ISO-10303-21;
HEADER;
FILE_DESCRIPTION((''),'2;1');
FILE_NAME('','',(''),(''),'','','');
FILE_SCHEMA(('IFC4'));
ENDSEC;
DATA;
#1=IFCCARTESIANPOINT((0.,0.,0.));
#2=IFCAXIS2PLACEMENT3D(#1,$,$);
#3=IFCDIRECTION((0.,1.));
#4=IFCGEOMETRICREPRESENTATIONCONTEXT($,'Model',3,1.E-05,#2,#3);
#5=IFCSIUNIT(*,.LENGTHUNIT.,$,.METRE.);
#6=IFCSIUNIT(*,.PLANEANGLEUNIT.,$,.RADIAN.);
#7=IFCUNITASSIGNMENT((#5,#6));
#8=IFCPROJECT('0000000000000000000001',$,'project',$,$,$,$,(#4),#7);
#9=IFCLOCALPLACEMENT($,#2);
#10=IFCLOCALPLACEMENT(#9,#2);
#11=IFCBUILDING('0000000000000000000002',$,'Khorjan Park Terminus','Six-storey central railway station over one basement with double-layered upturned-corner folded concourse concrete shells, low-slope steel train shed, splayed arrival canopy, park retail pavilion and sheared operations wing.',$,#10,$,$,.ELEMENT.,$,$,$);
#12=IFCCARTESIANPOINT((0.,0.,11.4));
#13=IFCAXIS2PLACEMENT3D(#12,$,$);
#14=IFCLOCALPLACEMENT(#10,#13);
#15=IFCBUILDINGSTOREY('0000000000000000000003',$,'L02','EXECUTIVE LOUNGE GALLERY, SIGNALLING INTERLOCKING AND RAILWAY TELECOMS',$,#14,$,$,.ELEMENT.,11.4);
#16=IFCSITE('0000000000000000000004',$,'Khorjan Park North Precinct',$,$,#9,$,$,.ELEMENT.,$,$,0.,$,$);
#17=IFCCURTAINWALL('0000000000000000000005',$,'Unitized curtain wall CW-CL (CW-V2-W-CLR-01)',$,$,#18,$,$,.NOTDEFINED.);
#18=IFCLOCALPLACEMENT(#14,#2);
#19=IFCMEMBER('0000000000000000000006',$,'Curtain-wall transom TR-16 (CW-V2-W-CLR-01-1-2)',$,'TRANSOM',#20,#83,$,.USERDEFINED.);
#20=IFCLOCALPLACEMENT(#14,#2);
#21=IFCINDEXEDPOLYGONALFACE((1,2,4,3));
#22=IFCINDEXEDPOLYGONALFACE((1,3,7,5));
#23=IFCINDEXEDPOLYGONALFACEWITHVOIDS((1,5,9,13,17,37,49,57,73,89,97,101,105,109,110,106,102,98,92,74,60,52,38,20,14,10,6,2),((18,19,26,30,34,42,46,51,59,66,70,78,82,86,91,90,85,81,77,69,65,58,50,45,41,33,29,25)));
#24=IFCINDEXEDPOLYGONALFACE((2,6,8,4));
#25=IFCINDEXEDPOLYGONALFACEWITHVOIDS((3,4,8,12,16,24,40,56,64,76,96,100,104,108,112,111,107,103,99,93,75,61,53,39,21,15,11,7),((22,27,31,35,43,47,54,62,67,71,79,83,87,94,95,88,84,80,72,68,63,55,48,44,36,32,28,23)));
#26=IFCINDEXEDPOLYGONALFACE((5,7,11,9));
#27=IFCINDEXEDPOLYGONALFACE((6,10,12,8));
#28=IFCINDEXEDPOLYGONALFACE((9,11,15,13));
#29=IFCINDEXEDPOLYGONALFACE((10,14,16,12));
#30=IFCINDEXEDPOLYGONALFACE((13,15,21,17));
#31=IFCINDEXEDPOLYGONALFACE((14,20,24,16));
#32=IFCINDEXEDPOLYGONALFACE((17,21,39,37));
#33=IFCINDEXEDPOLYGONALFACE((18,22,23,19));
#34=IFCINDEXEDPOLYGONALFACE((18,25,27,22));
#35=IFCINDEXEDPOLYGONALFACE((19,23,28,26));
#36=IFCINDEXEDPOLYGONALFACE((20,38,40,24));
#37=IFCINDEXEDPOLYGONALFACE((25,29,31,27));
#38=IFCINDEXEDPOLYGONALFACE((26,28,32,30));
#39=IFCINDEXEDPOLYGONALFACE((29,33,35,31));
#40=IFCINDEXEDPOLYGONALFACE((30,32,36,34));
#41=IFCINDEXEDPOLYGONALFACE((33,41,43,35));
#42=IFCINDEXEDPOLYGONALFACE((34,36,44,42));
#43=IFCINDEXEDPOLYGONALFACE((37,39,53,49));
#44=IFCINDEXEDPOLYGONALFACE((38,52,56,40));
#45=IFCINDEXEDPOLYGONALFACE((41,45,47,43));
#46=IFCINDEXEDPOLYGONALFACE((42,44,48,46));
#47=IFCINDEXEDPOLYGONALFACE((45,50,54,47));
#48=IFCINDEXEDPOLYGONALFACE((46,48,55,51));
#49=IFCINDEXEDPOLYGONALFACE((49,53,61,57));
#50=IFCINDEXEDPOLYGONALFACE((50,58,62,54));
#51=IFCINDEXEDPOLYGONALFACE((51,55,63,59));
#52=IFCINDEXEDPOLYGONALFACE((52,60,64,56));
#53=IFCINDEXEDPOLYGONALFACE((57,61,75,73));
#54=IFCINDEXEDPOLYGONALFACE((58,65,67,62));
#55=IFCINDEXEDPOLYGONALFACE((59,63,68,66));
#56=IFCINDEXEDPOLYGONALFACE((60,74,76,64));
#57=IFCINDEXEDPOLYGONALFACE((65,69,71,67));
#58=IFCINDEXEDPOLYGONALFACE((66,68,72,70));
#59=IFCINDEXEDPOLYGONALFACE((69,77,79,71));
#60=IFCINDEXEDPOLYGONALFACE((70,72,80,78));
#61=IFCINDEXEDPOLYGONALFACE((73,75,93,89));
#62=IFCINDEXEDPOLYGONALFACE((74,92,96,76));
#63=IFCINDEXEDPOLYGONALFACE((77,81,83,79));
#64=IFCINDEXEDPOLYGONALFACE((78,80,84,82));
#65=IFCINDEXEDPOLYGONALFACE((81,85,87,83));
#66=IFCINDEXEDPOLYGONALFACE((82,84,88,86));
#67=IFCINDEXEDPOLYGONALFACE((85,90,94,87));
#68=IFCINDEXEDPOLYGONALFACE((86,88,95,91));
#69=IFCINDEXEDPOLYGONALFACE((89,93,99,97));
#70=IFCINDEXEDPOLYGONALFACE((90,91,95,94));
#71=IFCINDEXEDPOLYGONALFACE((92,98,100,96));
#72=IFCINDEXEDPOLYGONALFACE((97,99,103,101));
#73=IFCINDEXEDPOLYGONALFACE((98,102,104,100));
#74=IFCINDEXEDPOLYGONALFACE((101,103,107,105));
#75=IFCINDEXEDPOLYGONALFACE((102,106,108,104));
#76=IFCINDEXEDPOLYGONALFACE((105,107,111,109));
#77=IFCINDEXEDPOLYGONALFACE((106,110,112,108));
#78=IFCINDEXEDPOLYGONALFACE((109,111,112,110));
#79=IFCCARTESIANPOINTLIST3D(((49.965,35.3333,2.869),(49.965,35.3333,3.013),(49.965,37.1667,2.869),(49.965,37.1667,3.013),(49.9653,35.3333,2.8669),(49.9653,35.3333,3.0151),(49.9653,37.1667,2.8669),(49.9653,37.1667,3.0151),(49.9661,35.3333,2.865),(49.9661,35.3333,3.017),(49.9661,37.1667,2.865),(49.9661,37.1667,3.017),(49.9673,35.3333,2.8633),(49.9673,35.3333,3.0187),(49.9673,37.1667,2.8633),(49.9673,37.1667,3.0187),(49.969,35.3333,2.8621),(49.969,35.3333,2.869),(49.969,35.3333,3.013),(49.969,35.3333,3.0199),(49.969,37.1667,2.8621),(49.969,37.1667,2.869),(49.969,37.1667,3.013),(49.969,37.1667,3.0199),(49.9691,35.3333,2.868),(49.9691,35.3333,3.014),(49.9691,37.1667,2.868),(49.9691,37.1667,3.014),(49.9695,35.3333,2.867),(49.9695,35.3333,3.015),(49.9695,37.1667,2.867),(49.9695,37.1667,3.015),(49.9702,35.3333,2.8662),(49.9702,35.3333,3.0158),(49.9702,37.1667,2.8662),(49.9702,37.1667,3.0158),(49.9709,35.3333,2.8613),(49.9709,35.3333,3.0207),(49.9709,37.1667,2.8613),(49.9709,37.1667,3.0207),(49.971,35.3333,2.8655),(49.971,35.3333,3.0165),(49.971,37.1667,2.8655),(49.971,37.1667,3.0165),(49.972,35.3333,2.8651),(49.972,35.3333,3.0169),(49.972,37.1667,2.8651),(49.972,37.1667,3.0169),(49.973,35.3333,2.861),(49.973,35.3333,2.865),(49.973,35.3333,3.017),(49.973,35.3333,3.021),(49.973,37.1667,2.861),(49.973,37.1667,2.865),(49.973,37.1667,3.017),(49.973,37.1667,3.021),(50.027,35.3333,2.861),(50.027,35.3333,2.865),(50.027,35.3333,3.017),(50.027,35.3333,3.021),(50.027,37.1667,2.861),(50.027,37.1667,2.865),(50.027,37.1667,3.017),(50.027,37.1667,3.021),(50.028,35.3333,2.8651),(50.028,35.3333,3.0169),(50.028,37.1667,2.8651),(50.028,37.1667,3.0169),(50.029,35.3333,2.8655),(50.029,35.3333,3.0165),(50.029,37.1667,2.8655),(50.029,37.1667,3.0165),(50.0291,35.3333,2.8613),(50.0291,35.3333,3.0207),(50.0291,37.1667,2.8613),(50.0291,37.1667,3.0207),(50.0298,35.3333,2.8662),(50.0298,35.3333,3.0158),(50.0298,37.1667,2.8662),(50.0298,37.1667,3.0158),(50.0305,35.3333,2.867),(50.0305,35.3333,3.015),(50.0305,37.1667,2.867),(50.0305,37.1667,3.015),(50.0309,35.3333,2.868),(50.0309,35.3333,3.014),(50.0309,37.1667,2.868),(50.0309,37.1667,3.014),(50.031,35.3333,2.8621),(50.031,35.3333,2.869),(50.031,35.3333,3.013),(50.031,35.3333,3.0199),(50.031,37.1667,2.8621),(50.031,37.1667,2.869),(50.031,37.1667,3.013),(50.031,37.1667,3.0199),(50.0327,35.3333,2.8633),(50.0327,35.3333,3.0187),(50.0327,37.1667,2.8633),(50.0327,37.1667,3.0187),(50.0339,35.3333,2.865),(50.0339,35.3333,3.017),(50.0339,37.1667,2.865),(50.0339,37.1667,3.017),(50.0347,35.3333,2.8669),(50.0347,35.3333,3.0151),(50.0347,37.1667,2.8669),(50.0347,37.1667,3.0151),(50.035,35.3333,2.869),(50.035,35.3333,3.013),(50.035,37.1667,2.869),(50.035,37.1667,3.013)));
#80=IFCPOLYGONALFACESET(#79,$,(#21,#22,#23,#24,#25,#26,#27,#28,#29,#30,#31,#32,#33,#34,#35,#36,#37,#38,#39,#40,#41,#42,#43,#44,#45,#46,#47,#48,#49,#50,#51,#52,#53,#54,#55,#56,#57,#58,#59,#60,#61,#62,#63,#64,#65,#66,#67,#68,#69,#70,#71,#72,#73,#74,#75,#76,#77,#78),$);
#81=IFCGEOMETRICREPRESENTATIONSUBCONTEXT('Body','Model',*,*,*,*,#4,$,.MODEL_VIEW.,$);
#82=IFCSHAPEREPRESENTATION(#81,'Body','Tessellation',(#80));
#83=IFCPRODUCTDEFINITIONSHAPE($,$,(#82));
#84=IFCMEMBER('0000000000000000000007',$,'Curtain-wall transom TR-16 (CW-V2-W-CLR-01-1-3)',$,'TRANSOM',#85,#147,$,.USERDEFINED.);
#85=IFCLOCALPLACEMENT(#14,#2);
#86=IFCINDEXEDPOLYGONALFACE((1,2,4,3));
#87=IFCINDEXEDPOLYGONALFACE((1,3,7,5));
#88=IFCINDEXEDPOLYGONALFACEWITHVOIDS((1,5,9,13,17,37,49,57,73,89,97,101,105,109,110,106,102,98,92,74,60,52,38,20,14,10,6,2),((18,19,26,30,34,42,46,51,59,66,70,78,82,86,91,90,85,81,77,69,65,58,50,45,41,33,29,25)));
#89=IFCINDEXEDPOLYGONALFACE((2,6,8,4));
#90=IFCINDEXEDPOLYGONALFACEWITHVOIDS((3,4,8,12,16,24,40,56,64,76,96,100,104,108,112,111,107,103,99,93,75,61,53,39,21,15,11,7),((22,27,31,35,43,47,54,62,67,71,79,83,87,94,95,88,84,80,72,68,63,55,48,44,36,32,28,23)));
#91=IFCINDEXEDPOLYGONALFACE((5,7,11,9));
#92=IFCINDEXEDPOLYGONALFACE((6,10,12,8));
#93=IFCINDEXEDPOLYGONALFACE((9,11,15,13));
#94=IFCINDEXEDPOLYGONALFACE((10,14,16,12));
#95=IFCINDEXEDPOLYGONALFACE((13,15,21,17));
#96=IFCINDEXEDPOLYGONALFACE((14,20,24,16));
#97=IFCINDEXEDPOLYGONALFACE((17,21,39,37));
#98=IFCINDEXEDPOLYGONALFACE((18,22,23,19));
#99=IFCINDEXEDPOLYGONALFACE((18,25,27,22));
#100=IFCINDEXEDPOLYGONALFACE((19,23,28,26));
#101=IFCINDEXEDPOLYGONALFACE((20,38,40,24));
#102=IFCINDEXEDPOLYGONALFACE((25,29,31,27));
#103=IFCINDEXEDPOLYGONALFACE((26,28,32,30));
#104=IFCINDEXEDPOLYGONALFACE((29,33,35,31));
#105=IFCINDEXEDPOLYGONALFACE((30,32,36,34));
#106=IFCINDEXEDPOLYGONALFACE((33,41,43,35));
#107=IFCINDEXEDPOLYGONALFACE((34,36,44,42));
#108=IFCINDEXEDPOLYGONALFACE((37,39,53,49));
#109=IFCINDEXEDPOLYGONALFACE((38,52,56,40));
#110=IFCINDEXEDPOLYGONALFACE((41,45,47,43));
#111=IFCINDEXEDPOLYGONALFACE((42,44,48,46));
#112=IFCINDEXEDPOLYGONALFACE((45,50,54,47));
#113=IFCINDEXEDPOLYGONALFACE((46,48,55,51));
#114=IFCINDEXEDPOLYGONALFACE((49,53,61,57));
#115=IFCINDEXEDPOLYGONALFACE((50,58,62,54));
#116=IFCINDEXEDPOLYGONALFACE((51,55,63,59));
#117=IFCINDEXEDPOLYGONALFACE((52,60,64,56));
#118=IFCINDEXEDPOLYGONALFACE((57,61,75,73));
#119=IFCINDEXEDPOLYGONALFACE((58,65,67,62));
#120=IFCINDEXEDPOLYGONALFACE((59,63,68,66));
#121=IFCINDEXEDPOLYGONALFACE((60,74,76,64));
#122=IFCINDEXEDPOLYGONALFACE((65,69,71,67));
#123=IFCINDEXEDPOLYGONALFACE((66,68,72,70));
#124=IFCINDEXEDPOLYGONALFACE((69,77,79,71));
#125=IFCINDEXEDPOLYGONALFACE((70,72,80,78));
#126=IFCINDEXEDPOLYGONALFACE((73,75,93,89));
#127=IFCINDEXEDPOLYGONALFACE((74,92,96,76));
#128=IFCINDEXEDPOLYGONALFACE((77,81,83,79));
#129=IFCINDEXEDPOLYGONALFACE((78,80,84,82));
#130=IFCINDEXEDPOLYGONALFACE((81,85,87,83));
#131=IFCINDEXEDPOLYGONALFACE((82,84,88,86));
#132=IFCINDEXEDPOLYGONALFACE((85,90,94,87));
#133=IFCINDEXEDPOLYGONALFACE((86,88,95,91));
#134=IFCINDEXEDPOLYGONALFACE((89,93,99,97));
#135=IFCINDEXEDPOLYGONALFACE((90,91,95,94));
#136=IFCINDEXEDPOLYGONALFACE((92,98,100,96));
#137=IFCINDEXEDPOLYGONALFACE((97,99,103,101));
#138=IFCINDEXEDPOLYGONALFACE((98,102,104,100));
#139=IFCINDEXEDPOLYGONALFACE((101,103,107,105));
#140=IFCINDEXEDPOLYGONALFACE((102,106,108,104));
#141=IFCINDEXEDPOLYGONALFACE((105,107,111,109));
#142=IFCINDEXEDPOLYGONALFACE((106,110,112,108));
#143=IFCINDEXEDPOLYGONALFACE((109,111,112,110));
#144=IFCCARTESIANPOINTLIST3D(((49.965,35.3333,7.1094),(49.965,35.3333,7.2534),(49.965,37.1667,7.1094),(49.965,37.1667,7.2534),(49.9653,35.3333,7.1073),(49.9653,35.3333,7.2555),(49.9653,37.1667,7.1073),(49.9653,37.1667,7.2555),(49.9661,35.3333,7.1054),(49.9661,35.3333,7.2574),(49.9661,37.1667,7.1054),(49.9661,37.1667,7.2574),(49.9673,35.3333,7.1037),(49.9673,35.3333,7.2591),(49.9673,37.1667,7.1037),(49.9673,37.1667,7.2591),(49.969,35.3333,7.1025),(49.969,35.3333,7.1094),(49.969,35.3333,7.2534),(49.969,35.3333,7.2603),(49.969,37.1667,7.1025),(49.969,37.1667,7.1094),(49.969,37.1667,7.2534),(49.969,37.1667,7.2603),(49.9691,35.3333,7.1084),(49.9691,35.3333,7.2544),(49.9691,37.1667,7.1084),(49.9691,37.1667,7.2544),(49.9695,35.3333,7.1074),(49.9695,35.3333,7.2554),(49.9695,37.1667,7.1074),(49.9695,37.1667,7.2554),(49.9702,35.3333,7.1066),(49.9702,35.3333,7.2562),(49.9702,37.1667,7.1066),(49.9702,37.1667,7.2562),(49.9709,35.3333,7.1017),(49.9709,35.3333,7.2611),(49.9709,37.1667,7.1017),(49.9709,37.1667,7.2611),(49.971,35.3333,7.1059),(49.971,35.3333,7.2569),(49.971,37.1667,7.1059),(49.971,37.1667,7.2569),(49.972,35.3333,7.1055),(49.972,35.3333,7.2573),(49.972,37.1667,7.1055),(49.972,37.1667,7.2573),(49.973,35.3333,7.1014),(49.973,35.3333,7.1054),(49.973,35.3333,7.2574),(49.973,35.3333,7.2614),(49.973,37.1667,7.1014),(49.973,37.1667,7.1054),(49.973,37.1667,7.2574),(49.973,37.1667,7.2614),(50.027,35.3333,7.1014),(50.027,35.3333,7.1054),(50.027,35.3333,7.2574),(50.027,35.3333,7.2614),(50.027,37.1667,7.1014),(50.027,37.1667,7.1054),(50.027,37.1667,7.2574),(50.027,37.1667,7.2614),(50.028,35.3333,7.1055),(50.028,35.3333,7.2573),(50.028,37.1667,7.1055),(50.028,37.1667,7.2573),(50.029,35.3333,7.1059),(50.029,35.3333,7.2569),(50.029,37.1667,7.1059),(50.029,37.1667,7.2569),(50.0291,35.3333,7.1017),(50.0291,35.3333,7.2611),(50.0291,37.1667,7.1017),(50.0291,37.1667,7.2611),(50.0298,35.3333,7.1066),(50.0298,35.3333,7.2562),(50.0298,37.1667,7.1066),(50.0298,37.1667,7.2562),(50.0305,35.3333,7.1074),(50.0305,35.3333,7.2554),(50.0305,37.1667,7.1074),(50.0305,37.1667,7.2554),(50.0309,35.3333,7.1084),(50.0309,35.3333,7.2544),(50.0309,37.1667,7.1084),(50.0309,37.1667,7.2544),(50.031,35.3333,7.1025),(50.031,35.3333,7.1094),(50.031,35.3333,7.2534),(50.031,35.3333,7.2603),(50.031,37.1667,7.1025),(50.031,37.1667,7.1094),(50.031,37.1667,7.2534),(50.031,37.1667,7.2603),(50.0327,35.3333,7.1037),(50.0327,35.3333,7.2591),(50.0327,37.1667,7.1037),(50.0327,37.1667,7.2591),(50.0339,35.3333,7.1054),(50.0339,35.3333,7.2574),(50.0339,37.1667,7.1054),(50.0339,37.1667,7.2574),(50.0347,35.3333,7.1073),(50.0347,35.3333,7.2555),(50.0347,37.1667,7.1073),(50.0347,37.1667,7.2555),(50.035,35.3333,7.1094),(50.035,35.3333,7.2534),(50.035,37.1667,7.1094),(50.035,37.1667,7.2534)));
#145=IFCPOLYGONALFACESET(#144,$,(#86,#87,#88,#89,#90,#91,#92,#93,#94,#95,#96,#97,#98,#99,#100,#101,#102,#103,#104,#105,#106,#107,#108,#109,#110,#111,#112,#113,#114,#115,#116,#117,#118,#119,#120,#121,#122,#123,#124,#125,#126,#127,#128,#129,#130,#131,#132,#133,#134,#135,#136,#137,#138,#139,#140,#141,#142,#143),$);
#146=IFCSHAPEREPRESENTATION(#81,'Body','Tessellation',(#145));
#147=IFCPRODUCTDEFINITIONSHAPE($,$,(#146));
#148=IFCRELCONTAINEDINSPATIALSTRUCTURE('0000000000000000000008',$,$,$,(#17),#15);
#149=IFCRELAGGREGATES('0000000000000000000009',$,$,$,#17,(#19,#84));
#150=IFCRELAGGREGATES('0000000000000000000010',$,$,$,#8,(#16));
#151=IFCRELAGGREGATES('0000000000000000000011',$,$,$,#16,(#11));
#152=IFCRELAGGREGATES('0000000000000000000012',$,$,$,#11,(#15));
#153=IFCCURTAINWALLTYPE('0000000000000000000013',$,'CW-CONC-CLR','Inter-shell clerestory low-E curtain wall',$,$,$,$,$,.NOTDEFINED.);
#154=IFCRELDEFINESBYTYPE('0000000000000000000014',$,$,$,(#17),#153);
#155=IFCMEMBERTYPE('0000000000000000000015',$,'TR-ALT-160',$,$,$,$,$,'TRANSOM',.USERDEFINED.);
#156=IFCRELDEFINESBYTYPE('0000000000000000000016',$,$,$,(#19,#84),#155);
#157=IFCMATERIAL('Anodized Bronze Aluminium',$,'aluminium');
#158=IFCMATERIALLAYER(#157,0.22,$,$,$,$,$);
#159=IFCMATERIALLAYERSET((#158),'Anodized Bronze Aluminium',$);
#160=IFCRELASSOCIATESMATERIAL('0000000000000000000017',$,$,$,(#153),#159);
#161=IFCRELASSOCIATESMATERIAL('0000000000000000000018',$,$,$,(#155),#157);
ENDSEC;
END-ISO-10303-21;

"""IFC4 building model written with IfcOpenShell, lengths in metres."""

from ifc_helpers import new_model, si_unit, direction, frame, origin, origin_2d, place, context, subcontext, project, spatial, hollow_rectangle, extrude, material, layer, layer_set, material_profile, profile_set, type_object, element, aggregate, save


model = new_model("IFC4")

# Units and contexts
model_context = context("Model", 3, precision=1e-05, world=origin(), true_north=direction((0.0, 1.0)))
body_context = subcontext(model_context, "Body", "Model", "MODEL_VIEW")
ifc_project = project(units=[si_unit("LENGTHUNIT", "METRE"), si_unit("PLANEANGLEUNIT", "RADIAN")], contexts=[model_context])

# Site, building, storey
site_placement = place(None, origin())
site = spatial("IfcSite", under=ifc_project, at=site_placement, Name="Khorjan Park North Precinct", CompositionType="ELEMENT", RefElevation=0.0)
building_placement = place(site_placement, origin())
building = spatial("IfcBuilding", under=site, at=building_placement, Name="Khorjan Park Terminus", Description="Six-storey central railway station over one basement with double-layered upturned-corner folded concourse concrete shells, low-slope steel train shed, splayed arrival canopy, park retail pavilion and sheared operations wing.", CompositionType="ELEMENT")
storey_placement = place(building_placement, frame((0.0, 0.0, 11.4)))
storey = spatial("IfcBuildingStorey", under=building, at=storey_placement, Name="L02", Description="EXECUTIVE LOUNGE GALLERY, SIGNALLING INTERLOCKING AND RAILWAY TELECOMS", CompositionType="ELEMENT", Elevation=11.4)

# Curtain wall, members
ifc_material_1 = material(Name="Anodized Bronze Aluminium", Category="aluminium")
ifc_layer_1 = layer(ifc_material_1, 0.22)
ifc_layer_set_1 = layer_set([ifc_layer_1], Name="Anodized Bronze Aluminium")
curtain_wall_type = type_object("IfcCurtainWallType", Name="CW-CONC-CLR", Description="Inter-shell clerestory low-E curtain wall", PredefinedType="NOTDEFINED", material=ifc_layer_set_1)
curtain_wall_1_placement = place(storey_placement, origin())
curtain_wall_1 = element("IfcCurtainWall", 1, at=curtain_wall_1_placement, inside=storey, type_object=curtain_wall_type, Name="Unitized curtain wall CW-CL (CW-V2-W-CLR-01)", PredefinedType="NOTDEFINED")
ifc_material_profile_1 = material_profile(ifc_material_1, hollow_rectangle(XDim=0.07, YDim=0.16, WallThickness=0.004, InnerFilletRadius=0.004, OuterFilletRadius=0.008, at=origin_2d()), Name="ALT 70x160x4")
ifc_profile_set_1 = profile_set([ifc_material_profile_1], Name="Anodized Bronze Aluminium")
member_type_1 = type_object("IfcMemberType", Name="TR-ALT-160", ElementType="TRANSOM", PredefinedType="USERDEFINED", material=ifc_profile_set_1)
member_1_placement = place(storey_placement, frame((50.0, 37.1667, 2.941), z_axis=(0.0, -1.0, 0.0), x_axis=(1.0, 0.0, 0.0)))
member_1 = element("IfcMember", 2, at=member_1_placement, type_object=member_type_1, Name="Curtain-wall transom TR-16 (CW-V2-W-CLR-01-1-2)", ObjectType="TRANSOM", PredefinedType="USERDEFINED", context=body_context, shape_type="SweptSolid", body=[
    extrude(hollow_rectangle(XDim=0.07, YDim=0.16, WallThickness=0.004, InnerFilletRadius=0.004, OuterFilletRadius=0.008, at=origin_2d()), origin(), (0.0, 0.0, 1.0), 1.8334),
])
member_2_placement = place(storey_placement, frame((50.0, 37.1667, 7.1814), z_axis=(0.0, -1.0, 0.0), x_axis=(1.0, 0.0, 0.0)))
member_2 = element("IfcMember", 3, at=member_2_placement, type_object=member_type_1, Name="Curtain-wall transom TR-16 (CW-V2-W-CLR-01-1-3)", ObjectType="TRANSOM", PredefinedType="USERDEFINED", context=body_context, shape_type="SweptSolid", body=[
    extrude(hollow_rectangle(XDim=0.07, YDim=0.16, WallThickness=0.004, InnerFilletRadius=0.004, OuterFilletRadius=0.008, at=origin_2d()), origin(), (0.0, 0.0, 1.0), 1.8334),
])

aggregate(curtain_wall_1, [member_1, member_2])

save(model, "model.ifc")
